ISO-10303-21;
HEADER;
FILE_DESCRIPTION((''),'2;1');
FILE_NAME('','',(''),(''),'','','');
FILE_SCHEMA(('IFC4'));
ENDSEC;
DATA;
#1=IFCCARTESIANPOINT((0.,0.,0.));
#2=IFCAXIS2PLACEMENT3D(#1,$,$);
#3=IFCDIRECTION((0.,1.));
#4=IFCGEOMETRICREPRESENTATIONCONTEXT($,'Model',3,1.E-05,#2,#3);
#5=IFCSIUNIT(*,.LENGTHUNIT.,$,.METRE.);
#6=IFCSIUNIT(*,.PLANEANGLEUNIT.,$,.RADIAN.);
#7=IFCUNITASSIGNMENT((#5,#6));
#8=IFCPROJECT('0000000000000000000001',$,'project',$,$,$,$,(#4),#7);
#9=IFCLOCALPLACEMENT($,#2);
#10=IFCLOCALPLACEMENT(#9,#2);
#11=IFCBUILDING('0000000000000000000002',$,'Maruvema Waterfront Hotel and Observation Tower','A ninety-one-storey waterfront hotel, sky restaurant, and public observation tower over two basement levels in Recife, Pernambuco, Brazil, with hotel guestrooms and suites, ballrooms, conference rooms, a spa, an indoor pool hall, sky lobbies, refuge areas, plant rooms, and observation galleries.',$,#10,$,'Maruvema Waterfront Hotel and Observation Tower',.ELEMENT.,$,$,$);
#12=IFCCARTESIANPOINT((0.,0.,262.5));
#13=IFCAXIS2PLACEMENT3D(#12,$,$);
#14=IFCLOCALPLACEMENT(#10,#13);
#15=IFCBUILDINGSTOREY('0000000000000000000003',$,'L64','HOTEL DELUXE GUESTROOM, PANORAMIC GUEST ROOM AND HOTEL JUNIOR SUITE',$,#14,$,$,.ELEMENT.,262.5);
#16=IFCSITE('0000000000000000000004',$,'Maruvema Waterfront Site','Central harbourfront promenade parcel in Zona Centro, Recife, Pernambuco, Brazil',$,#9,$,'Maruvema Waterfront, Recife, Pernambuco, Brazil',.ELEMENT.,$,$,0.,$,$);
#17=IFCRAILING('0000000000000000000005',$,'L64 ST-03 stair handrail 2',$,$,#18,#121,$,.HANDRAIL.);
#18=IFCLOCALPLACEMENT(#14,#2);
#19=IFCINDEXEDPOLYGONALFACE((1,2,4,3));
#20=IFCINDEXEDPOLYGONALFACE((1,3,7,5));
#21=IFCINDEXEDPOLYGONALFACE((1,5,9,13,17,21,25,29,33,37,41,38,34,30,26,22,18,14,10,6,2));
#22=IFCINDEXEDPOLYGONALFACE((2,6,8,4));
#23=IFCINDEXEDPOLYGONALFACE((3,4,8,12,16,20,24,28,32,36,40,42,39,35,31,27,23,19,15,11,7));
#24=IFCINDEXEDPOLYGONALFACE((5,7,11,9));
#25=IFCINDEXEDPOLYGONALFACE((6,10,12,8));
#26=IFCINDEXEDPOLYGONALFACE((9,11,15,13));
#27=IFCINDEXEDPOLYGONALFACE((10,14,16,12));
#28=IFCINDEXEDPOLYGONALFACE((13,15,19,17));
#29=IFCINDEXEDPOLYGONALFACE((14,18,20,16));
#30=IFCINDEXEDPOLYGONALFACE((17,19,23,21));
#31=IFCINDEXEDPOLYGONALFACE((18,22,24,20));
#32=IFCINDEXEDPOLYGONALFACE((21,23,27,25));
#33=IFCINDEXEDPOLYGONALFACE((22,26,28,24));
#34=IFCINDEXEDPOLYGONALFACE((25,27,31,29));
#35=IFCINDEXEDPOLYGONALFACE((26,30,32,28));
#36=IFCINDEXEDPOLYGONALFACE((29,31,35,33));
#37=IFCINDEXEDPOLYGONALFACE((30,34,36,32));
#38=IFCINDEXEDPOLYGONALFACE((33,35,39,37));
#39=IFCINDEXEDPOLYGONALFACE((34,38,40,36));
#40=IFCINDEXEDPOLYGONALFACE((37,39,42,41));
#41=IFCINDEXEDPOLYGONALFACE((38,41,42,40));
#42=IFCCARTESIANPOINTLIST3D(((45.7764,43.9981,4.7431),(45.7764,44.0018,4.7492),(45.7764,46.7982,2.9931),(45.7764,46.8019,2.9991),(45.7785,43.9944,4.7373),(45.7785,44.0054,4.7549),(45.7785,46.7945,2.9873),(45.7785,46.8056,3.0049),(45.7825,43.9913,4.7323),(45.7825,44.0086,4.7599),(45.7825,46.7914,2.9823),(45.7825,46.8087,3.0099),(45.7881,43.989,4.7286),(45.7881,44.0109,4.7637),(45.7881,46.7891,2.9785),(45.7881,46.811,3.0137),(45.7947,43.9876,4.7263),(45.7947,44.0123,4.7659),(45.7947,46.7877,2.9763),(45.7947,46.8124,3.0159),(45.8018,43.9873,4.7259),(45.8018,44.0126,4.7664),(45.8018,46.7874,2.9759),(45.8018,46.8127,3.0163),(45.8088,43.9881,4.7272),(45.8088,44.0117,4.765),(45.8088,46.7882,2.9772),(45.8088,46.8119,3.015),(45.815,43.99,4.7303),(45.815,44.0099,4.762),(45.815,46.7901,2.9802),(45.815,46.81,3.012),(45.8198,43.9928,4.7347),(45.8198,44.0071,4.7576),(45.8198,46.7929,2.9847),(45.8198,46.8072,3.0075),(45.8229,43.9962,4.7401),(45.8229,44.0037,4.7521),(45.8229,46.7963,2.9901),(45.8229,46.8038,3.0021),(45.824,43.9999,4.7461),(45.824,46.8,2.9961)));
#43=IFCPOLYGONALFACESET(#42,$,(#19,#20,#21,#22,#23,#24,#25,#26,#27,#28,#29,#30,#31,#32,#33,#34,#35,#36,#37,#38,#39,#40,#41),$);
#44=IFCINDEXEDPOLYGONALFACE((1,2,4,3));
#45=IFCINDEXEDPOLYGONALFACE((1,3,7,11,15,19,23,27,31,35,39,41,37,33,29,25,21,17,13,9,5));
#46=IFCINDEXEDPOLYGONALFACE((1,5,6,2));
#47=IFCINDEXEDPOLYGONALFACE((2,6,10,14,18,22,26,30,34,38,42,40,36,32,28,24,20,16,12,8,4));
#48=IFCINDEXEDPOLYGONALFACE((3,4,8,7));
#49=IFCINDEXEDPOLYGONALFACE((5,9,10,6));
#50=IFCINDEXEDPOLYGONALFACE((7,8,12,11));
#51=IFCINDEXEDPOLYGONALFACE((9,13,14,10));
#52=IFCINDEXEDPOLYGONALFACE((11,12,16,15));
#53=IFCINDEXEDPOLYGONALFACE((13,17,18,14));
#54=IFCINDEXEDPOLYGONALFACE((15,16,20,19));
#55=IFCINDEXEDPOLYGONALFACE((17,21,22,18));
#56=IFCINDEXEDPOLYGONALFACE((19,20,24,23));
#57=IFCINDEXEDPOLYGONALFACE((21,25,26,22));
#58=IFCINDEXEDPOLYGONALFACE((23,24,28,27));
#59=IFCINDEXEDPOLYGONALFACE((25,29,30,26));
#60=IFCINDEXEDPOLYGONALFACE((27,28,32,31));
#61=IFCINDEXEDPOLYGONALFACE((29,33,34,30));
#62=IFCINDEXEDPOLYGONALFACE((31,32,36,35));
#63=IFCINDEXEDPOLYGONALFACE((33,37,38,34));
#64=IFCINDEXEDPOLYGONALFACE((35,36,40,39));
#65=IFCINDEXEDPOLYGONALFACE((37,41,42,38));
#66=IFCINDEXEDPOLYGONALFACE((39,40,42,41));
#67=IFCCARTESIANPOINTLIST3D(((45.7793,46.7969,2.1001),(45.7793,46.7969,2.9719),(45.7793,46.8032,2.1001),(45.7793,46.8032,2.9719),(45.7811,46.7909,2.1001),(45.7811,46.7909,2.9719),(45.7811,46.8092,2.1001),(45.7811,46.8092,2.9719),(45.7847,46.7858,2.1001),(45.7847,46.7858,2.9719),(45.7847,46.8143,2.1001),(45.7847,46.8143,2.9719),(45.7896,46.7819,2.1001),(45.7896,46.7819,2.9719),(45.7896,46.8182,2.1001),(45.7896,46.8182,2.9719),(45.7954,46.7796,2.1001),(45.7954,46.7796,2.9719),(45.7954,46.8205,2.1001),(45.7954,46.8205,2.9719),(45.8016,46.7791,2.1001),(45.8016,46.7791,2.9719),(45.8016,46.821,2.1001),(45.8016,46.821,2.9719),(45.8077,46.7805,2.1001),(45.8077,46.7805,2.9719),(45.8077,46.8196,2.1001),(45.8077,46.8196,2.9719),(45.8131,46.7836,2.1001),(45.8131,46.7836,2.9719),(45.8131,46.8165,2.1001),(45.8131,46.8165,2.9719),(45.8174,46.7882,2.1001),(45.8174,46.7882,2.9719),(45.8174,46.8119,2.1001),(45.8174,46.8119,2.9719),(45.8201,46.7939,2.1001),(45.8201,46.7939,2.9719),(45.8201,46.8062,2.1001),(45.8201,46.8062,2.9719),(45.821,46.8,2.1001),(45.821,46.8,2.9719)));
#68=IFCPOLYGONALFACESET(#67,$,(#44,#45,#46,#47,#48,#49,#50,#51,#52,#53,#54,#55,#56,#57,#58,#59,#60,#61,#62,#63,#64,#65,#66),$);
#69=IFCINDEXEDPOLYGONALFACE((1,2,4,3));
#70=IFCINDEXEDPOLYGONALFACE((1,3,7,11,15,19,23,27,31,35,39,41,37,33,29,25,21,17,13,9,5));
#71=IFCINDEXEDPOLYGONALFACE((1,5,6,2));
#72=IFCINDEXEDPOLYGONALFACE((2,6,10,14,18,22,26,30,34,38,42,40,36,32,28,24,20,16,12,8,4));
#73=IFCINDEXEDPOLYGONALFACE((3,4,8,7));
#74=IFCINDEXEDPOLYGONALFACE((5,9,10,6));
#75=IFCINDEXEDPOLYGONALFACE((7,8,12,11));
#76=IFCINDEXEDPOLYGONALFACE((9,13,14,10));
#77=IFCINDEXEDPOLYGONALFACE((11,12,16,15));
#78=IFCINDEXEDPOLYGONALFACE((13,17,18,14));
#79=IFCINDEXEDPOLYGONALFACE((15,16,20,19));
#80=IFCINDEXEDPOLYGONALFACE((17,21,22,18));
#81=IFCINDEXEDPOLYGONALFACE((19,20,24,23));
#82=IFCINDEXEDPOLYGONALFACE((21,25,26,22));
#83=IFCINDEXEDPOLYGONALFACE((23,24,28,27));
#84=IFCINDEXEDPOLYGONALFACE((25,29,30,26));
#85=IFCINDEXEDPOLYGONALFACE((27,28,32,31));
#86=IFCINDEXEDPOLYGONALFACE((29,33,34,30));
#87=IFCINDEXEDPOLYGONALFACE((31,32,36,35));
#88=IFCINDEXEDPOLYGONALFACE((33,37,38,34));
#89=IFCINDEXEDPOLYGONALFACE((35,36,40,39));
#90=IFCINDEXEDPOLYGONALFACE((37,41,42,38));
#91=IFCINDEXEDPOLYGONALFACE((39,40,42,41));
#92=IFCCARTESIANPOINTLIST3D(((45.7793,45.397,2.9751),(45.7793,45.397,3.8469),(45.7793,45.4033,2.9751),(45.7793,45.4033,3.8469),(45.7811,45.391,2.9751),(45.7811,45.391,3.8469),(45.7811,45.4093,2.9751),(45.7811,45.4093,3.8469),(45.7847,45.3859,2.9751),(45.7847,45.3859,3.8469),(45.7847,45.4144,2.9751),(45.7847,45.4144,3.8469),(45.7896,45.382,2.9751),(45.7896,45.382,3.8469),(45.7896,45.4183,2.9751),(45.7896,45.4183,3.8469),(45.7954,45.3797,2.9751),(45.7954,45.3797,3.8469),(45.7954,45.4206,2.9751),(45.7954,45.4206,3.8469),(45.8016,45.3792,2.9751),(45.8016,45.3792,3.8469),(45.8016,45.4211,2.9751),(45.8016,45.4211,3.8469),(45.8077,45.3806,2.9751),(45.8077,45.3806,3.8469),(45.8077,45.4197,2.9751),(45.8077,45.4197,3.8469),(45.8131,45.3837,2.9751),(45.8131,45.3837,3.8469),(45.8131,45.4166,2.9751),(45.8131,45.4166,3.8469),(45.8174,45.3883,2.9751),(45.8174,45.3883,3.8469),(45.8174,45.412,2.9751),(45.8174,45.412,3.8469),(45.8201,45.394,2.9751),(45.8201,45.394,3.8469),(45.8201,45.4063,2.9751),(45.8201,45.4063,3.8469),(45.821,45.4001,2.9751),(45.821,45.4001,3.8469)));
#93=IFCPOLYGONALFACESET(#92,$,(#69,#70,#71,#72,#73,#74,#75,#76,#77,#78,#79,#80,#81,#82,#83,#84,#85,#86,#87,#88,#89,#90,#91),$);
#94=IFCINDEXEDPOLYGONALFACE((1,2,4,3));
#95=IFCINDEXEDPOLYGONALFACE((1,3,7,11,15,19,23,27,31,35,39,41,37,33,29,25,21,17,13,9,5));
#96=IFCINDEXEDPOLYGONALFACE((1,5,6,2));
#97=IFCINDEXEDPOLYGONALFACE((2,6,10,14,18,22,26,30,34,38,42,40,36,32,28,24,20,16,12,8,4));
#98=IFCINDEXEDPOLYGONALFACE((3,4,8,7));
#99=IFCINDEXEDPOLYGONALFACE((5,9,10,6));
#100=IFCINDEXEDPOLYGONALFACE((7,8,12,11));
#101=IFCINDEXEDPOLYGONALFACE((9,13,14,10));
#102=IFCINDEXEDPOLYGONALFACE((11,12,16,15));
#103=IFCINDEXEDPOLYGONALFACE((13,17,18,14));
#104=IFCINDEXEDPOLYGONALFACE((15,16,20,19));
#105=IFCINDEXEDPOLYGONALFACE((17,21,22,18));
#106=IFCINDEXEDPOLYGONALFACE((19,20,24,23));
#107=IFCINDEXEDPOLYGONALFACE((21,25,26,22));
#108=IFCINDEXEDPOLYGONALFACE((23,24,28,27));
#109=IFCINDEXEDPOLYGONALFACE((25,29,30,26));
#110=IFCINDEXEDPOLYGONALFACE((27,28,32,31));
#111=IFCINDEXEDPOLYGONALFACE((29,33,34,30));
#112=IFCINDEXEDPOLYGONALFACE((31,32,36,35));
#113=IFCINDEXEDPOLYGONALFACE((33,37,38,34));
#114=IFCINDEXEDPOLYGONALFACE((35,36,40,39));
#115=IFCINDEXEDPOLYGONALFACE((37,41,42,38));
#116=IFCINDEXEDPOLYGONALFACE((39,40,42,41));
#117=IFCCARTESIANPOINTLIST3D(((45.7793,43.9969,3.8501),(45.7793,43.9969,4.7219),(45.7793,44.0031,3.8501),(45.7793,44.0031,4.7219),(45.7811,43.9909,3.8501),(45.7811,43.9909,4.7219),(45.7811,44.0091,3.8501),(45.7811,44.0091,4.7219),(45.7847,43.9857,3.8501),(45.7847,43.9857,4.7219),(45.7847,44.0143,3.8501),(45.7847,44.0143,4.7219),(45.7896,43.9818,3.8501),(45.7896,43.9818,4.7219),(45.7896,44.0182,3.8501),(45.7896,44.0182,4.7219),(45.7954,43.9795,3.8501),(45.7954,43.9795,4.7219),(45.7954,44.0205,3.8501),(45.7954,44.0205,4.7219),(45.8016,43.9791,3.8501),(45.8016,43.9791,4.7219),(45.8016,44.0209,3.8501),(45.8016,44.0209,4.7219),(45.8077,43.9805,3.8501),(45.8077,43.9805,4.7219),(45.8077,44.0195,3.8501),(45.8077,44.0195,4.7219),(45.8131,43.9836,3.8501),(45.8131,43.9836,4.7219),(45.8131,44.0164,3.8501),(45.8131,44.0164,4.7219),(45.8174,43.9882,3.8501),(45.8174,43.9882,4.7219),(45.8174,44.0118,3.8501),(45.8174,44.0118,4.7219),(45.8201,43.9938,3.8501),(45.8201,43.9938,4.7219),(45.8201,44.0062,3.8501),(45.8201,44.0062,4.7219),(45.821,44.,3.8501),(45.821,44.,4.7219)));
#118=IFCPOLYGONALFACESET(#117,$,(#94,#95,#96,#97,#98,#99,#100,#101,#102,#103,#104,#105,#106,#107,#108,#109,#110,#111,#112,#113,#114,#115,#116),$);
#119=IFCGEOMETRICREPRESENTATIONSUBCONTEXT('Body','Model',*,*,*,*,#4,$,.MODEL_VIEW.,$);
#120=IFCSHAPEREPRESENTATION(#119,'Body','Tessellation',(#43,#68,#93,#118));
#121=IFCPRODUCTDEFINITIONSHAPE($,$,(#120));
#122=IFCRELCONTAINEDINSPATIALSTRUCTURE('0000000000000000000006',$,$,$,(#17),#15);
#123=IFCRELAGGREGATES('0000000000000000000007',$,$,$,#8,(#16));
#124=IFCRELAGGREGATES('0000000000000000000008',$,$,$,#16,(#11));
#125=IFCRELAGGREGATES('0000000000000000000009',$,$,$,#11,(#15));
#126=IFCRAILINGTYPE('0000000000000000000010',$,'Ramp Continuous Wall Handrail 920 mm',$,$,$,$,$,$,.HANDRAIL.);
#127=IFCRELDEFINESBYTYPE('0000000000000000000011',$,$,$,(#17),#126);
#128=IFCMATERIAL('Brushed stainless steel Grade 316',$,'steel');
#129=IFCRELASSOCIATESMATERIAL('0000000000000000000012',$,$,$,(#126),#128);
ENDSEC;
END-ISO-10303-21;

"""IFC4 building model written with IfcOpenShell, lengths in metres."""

from ifc_helpers import new_model, si_unit, direction, frame, origin, origin_2d, place, context, subcontext, project, spatial, circle, extrude, material, type_object, element, save


model = new_model("IFC4")

# Units and contexts
model_context = context("Model", 3, precision=1e-05, world=origin(), true_north=direction((0.0, 1.0)))
body_context = subcontext(model_context, "Body", "Model", "MODEL_VIEW")
ifc_project = project(units=[si_unit("LENGTHUNIT", "METRE"), si_unit("PLANEANGLEUNIT", "RADIAN")], contexts=[model_context])

# Site, building, storey
site_placement = place(None, origin())
site = spatial("IfcSite", under=ifc_project, at=site_placement, Name="Maruvema Waterfront Site", Description="Central harbourfront promenade parcel in Zona Centro, Recife, Pernambuco, Brazil", LongName="Maruvema Waterfront, Recife, Pernambuco, Brazil", CompositionType="ELEMENT", RefElevation=0.0)
building_placement = place(site_placement, origin())
building = spatial("IfcBuilding", under=site, at=building_placement, Name="Maruvema Waterfront Hotel and Observation Tower", Description="A ninety-one-storey waterfront hotel, sky restaurant, and public observation tower over two basement levels in Recife, Pernambuco, Brazil, with hotel guestrooms and suites, ballrooms, conference rooms, a spa, an indoor pool hall, sky lobbies, refuge areas, plant rooms, and observation galleries.", LongName="Maruvema Waterfront Hotel and Observation Tower", CompositionType="ELEMENT")
storey_placement = place(building_placement, frame((0.0, 0.0, 262.5)))
storey = spatial("IfcBuildingStorey", under=building, at=storey_placement, Name="L64", Description="HOTEL DELUXE GUESTROOM, PANORAMIC GUEST ROOM AND HOTEL JUNIOR SUITE", CompositionType="ELEMENT", Elevation=262.5)

# Railing
ifc_material_1 = material(Name="Brushed stainless steel Grade 316", Category="steel")
railing_type_1 = type_object("IfcRailingType", Name="Ramp Continuous Wall Handrail 920 mm", PredefinedType="HANDRAIL", material=ifc_material_1)
railing_1_placement = place(storey_placement, frame((45.8, 46.8, 2.1001)))
element("IfcRailing", 1, at=railing_1_placement, inside=storey, type_object=railing_type_1, Name="L64 ST-03 stair handrail 2", PredefinedType="HANDRAIL", context=body_context, shape_type="SweptSolid", body=[
    extrude(circle(Radius=0.0239, at=origin_2d()), frame((0.0, 0.0, 0.896), z_axis=(0.0, -0.848002, 0.529992), x_axis=(1.0, 0.0, 0.0)), (0.0, 0.0, 1.0), 3.302),
    extrude(circle(Radius=0.021, at=origin_2d()), origin(), (0.0, 0.0, 1.0), 0.8718),
    extrude(circle(Radius=0.021, at=origin_2d()), frame((0.0, -1.3999, 0.875)), (0.0, 0.0, 1.0), 0.8718),
    extrude(circle(Radius=0.021, at=origin_2d()), frame((0.0, -2.8, 1.75)), (0.0, 0.0, 1.0), 0.8718),
])

save(model, "model.ifc")
